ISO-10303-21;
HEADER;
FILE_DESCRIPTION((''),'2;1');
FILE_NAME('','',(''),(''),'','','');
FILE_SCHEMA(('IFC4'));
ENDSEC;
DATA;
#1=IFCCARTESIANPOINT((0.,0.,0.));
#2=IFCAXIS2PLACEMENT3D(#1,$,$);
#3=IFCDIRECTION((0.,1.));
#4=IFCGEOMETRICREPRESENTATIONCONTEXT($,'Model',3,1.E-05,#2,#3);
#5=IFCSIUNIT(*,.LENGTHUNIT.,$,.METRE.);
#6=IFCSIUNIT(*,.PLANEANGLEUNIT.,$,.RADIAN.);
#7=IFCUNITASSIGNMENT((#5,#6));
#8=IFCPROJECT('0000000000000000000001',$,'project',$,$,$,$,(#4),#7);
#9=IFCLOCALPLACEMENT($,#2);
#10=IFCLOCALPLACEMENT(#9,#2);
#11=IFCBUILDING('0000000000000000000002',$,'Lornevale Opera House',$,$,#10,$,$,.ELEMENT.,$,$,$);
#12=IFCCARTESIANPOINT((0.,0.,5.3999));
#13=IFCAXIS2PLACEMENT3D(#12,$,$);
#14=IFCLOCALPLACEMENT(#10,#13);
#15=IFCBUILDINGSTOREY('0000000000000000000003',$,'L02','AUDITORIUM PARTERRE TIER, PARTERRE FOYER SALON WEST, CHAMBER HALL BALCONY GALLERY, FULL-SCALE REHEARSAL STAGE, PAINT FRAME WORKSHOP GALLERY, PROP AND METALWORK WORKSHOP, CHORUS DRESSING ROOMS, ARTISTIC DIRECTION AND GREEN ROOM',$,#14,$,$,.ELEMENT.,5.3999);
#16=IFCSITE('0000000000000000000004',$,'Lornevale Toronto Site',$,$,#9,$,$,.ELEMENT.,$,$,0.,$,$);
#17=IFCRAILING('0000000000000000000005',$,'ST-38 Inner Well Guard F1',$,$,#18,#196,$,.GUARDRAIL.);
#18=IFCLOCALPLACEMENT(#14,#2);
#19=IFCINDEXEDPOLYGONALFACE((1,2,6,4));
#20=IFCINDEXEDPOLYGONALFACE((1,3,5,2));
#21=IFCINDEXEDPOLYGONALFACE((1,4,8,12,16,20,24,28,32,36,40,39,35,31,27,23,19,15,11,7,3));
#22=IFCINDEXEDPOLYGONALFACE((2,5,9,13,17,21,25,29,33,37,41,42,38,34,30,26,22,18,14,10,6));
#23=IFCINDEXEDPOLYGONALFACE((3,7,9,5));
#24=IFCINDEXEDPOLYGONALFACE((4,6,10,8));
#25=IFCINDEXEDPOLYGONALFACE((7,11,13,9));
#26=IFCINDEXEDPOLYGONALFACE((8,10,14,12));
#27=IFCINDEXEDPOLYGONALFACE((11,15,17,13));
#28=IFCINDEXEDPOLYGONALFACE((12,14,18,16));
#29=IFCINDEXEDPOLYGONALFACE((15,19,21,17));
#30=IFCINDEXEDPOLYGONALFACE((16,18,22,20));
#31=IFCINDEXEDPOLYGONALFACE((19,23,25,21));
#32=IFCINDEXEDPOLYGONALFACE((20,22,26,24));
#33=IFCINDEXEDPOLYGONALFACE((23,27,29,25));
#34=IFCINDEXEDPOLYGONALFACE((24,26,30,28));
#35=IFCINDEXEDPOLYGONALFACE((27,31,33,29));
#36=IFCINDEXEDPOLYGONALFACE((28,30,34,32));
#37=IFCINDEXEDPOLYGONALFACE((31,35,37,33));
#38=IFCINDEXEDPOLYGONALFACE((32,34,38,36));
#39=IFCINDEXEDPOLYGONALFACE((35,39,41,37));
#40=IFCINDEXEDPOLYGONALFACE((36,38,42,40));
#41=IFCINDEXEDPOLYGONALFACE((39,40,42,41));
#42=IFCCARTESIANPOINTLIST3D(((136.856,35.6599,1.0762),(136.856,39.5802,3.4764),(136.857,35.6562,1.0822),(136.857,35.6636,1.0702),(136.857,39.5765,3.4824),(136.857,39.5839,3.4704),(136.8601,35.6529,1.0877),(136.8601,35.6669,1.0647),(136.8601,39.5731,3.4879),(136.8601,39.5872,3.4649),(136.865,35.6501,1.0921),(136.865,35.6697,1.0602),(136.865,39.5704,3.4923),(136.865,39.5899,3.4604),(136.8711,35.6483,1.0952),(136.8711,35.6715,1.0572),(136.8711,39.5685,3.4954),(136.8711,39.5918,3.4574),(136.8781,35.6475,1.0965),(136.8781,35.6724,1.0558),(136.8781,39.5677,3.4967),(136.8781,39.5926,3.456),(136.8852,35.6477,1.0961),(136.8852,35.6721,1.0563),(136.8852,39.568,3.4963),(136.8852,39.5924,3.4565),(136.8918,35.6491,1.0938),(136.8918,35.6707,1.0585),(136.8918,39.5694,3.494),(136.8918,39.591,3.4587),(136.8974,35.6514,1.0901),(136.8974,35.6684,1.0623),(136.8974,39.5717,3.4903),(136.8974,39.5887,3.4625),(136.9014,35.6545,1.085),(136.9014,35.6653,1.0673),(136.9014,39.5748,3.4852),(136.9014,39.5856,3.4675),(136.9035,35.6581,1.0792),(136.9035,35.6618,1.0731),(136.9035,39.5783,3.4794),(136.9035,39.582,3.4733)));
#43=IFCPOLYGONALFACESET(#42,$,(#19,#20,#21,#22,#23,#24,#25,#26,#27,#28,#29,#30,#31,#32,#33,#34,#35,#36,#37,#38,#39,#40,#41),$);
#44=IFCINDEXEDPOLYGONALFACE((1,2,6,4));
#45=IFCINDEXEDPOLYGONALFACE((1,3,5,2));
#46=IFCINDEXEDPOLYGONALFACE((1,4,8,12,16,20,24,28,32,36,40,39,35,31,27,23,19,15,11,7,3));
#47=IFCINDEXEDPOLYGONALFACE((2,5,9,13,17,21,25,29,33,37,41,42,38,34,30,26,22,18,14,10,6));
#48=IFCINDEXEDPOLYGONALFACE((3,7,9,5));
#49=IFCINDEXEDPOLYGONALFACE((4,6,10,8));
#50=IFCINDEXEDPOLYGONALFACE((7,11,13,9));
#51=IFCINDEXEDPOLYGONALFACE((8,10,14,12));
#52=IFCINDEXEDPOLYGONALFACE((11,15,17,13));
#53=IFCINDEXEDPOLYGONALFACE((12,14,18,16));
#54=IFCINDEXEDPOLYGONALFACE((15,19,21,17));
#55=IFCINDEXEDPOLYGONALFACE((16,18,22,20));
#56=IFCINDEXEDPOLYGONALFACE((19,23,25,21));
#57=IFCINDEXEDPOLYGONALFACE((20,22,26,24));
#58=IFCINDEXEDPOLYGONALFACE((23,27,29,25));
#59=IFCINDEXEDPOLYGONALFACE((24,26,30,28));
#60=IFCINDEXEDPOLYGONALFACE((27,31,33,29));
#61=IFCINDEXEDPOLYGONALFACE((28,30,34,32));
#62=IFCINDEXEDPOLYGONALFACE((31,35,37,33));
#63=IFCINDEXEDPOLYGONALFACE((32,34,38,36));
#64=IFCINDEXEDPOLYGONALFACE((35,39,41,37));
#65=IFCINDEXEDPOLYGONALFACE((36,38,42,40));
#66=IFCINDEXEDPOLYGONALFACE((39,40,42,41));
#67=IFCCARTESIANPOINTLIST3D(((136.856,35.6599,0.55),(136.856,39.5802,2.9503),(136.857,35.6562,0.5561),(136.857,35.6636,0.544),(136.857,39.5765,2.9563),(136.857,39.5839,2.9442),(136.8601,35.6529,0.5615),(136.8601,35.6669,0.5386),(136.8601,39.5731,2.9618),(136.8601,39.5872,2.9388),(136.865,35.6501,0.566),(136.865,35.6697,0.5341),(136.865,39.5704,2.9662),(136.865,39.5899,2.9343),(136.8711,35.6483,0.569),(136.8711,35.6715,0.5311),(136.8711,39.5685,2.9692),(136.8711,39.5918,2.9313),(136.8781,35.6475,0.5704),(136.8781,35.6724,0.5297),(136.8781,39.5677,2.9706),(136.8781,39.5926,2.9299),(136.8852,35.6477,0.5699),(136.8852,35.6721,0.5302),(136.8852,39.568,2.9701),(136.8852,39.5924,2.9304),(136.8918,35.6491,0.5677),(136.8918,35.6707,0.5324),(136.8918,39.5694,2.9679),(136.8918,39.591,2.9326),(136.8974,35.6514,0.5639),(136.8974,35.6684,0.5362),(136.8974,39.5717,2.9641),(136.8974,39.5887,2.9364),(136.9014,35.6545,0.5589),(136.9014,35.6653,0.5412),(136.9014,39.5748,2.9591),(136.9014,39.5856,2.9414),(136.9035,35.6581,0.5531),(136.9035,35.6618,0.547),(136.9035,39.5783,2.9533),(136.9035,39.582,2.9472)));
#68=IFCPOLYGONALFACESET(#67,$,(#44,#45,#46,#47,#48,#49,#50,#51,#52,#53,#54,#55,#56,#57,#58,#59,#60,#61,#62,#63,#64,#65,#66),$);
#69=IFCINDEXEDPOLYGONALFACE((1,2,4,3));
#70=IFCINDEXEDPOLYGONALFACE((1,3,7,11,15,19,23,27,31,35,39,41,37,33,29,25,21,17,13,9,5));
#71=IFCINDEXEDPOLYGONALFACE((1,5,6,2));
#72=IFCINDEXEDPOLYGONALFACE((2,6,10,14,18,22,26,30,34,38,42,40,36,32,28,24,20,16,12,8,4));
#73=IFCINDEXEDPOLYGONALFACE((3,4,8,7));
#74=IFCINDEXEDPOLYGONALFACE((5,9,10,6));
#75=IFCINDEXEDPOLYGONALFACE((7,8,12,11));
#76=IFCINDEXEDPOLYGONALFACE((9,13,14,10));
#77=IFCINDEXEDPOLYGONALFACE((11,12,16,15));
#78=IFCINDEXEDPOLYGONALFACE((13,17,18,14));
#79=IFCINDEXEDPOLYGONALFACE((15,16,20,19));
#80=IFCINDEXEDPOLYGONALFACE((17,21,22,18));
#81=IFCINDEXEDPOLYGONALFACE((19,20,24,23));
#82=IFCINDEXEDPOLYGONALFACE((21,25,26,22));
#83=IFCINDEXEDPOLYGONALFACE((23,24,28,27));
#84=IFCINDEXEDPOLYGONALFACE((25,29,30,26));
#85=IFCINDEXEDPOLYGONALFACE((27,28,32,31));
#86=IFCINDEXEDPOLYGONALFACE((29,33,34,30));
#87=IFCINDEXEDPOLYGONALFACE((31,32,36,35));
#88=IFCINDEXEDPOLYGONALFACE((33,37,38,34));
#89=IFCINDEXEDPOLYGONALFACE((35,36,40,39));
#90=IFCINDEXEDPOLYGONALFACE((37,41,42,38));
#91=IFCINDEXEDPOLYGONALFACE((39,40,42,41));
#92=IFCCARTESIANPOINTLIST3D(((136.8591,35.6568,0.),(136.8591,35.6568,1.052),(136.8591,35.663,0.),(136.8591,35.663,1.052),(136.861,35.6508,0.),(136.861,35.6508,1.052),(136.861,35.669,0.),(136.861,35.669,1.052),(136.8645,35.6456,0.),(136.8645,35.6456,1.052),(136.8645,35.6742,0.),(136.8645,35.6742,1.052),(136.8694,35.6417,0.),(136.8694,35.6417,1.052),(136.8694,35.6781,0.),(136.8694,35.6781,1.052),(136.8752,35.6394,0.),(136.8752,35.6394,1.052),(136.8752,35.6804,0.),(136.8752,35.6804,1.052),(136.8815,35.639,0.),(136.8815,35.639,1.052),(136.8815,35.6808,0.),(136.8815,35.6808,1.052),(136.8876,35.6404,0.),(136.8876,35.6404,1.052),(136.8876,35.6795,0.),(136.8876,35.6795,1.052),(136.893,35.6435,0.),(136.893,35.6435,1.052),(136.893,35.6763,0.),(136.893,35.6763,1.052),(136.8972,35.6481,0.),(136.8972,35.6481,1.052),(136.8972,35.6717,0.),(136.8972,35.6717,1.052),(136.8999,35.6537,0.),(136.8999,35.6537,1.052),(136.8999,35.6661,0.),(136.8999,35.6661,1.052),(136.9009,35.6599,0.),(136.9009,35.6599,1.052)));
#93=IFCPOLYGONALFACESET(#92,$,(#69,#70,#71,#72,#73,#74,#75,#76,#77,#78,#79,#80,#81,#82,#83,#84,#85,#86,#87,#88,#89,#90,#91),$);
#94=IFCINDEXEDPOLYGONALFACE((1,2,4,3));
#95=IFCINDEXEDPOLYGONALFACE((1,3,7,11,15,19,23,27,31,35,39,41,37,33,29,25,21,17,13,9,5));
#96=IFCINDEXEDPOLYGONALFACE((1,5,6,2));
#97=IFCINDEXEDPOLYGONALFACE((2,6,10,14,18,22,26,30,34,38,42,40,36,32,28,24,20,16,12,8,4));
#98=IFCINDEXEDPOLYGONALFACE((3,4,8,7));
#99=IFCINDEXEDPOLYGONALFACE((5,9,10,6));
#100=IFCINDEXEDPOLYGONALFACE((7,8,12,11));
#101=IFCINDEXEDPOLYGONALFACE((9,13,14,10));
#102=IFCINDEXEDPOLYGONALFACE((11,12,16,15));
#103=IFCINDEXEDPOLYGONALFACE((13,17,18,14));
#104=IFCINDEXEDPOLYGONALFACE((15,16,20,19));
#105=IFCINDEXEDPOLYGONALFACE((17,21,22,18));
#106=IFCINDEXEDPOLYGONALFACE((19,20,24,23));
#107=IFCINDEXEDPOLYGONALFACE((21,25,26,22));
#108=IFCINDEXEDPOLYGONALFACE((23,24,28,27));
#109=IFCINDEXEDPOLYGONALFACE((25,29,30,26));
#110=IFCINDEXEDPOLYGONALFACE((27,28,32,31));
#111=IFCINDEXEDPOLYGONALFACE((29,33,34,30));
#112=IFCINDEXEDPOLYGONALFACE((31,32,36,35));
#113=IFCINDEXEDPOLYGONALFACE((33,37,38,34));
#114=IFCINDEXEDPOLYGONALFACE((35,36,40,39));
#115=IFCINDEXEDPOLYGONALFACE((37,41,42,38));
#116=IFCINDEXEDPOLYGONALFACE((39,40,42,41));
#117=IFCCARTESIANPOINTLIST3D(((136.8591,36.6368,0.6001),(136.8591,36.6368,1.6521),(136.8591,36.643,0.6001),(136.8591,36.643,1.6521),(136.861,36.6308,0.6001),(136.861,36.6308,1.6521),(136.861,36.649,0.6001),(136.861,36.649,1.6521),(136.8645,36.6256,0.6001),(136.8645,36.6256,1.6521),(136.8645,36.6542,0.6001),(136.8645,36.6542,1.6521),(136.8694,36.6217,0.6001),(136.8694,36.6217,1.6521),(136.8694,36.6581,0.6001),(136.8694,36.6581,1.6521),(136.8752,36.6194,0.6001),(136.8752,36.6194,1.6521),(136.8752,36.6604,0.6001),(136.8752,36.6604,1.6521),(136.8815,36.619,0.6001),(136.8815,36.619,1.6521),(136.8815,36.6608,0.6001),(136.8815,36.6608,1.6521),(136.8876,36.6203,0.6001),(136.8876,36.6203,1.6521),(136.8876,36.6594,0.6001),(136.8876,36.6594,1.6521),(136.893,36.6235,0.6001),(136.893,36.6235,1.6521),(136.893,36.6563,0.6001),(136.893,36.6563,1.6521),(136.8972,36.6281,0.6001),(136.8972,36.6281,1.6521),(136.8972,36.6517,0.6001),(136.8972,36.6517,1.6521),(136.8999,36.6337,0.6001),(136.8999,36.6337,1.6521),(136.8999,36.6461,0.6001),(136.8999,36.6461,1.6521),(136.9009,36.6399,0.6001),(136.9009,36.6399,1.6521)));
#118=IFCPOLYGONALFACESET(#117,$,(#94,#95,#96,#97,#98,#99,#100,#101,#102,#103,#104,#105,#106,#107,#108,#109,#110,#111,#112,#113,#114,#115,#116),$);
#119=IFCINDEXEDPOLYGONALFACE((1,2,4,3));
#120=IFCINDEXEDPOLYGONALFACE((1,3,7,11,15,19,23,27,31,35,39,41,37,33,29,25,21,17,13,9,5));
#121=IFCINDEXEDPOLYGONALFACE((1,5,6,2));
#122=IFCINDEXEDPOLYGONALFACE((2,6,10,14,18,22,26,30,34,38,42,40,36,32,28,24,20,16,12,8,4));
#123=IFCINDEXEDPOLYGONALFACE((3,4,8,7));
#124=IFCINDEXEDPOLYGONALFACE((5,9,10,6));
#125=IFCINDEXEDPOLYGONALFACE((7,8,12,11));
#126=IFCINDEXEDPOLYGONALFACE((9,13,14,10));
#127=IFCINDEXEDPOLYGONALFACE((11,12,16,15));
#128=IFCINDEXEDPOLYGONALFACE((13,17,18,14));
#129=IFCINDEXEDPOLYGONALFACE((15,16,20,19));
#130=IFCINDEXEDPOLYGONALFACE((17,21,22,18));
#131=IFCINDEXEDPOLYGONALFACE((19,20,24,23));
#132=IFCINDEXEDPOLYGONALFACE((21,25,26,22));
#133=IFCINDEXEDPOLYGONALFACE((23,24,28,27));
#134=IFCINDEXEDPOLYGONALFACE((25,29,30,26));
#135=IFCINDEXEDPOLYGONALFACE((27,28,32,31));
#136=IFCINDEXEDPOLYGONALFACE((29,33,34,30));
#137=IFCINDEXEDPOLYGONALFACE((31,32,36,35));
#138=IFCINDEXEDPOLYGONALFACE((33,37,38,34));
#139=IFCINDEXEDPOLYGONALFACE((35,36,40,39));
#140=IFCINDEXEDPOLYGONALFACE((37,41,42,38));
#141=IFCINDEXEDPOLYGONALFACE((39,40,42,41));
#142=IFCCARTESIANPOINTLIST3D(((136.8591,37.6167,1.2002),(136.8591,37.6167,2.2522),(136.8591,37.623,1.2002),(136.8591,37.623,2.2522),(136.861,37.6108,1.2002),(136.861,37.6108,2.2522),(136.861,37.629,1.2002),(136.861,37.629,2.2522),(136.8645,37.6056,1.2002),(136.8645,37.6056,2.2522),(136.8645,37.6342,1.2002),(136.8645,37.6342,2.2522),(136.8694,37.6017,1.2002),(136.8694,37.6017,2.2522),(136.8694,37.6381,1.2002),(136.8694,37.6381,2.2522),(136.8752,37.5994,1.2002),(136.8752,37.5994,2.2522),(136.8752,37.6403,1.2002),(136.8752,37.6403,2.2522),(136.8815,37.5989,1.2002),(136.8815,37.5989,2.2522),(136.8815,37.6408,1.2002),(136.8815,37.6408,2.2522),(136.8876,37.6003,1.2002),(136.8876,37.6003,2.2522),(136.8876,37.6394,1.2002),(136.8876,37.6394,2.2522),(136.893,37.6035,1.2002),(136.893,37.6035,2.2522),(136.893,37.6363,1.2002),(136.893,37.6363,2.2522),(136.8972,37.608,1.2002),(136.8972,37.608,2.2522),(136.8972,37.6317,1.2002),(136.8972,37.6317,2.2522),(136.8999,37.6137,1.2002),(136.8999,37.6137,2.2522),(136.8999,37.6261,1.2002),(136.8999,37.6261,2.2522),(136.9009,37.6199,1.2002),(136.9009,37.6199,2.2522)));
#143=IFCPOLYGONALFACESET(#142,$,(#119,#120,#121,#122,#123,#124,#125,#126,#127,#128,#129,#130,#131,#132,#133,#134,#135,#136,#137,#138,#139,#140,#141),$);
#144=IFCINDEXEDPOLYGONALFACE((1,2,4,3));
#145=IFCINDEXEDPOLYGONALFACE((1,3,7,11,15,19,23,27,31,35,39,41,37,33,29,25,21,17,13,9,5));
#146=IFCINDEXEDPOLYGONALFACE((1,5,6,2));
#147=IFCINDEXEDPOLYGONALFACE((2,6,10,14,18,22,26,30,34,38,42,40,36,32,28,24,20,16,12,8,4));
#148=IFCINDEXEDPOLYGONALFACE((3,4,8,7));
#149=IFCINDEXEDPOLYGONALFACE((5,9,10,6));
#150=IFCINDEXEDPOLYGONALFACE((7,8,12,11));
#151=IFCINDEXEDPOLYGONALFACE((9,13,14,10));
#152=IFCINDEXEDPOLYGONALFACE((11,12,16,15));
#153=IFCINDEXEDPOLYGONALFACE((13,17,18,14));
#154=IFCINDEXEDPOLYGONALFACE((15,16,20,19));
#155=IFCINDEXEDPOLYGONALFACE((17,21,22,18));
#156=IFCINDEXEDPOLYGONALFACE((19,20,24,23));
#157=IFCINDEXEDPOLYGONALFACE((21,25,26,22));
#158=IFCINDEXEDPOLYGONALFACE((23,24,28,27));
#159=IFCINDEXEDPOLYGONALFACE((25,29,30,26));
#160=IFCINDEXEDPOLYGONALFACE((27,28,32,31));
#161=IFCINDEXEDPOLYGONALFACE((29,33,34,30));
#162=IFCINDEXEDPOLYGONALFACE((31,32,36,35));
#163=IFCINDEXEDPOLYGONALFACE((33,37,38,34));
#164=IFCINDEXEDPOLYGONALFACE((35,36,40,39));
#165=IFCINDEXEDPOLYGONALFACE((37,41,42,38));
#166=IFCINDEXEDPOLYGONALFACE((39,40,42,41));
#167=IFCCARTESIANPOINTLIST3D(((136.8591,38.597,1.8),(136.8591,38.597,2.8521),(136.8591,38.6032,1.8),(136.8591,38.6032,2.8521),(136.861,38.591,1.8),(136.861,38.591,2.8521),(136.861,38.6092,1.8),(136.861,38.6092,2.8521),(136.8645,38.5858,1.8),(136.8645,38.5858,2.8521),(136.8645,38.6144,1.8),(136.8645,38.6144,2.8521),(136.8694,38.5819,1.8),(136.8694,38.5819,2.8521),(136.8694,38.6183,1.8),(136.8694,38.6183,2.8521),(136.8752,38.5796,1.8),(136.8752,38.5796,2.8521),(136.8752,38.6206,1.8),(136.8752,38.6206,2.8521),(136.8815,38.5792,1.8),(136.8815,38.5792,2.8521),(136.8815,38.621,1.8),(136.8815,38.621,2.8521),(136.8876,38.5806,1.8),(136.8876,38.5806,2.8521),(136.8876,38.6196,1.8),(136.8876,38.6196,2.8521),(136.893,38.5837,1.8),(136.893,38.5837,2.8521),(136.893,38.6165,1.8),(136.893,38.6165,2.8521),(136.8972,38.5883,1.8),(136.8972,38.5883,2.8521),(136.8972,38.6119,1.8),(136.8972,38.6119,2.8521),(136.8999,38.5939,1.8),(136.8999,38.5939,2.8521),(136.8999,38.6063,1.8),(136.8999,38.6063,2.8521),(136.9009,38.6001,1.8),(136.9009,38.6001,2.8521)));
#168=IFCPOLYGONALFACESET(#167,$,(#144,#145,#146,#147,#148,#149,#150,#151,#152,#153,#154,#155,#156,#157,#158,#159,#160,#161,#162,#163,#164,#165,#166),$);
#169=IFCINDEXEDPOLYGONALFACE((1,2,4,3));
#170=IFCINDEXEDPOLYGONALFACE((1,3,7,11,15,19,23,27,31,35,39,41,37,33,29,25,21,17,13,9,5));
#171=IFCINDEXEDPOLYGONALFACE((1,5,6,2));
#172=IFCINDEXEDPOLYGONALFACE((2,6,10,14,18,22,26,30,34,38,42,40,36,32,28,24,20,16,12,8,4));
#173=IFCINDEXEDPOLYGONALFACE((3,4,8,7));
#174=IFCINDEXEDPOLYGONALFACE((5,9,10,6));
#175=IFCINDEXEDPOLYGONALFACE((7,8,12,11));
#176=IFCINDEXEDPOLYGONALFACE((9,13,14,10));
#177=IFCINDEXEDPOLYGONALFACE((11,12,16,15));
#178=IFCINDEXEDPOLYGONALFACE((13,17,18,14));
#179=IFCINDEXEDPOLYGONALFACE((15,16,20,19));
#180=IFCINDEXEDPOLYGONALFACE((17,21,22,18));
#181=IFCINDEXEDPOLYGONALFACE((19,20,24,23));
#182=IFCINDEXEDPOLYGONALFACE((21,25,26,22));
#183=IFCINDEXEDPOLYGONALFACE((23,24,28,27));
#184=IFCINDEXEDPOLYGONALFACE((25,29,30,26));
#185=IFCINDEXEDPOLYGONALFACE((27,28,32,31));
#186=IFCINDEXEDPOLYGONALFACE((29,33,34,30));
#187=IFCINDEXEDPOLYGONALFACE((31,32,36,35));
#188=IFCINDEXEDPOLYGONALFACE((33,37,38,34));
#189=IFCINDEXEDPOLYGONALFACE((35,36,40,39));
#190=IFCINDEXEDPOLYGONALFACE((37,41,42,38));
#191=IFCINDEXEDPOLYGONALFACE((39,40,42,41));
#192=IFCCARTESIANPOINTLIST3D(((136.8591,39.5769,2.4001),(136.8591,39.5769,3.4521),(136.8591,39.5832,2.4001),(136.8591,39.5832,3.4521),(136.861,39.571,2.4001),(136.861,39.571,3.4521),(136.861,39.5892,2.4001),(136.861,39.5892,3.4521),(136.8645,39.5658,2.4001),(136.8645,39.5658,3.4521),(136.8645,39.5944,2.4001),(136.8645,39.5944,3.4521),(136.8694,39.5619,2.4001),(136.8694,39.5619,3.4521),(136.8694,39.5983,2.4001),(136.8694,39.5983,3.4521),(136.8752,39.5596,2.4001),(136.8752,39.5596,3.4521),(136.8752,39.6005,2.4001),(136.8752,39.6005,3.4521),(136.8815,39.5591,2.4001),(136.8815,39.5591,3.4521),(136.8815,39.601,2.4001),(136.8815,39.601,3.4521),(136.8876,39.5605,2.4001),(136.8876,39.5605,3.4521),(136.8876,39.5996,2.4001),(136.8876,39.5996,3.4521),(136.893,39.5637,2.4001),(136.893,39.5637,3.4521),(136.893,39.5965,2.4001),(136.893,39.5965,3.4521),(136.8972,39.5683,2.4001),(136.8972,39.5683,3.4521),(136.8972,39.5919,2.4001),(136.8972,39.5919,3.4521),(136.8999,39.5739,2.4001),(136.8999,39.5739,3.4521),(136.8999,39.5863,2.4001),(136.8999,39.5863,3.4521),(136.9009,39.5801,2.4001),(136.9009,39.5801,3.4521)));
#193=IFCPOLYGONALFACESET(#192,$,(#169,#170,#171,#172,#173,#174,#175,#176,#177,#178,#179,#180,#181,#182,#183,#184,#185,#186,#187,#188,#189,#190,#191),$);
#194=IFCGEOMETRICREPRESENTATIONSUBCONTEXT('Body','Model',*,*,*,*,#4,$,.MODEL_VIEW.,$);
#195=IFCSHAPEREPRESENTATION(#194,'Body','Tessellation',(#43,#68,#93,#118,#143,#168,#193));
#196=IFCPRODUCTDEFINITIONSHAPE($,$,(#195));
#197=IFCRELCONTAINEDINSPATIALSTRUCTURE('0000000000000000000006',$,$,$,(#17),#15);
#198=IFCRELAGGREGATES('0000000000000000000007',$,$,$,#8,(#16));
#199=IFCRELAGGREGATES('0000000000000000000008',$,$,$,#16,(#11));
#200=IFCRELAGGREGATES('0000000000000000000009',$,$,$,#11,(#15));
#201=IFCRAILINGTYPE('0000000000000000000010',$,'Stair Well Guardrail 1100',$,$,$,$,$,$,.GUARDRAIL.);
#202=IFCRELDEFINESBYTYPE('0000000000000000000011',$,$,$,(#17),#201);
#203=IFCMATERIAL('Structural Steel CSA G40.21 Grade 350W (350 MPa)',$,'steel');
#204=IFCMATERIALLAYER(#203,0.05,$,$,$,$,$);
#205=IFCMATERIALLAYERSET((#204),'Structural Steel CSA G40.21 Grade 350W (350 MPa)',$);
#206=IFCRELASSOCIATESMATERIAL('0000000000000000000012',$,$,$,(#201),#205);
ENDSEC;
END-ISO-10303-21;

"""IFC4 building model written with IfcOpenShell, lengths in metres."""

from ifc_helpers import new_model, si_unit, direction, frame, origin, origin_2d, place, context, subcontext, project, spatial, circle, extrude, material, layer, layer_set, type_object, element, save


model = new_model("IFC4")

# Units and contexts
model_context = context("Model", 3, precision=1e-05, world=origin(), true_north=direction((0.0, 1.0)))
body_context = subcontext(model_context, "Body", "Model", "MODEL_VIEW")
ifc_project = project(units=[si_unit("LENGTHUNIT", "METRE"), si_unit("PLANEANGLEUNIT", "RADIAN")], contexts=[model_context])

# Site, building, storey
site_placement = place(None, origin())
site = spatial("IfcSite", under=ifc_project, at=site_placement, Name="Lornevale Toronto Site", CompositionType="ELEMENT", RefElevation=0.0)
building_placement = place(site_placement, origin())
building = spatial("IfcBuilding", under=site, at=building_placement, Name="Lornevale Opera House", CompositionType="ELEMENT")
storey_placement = place(building_placement, frame((0.0, 0.0, 5.3999)))
storey = spatial("IfcBuildingStorey", under=building, at=storey_placement, Name="L02", Description="AUDITORIUM PARTERRE TIER, PARTERRE FOYER SALON WEST, CHAMBER HALL BALCONY GALLERY, FULL-SCALE REHEARSAL STAGE, PAINT FRAME WORKSHOP GALLERY, PROP AND METALWORK WORKSHOP, CHORUS DRESSING ROOMS, ARTISTIC DIRECTION AND GREEN ROOM", CompositionType="ELEMENT", Elevation=5.3999)

# Shared definitions
ifc_material_1 = material(Name="Structural Steel CSA G40.21 Grade 350W (350 MPa)", Category="steel")

# Railing
ifc_layer_1 = layer(ifc_material_1, 0.05)
ifc_layer_set_1 = layer_set([ifc_layer_1], Name="Structural Steel CSA G40.21 Grade 350W (350 MPa)")
railing_type_1 = type_object("IfcRailingType", Name="Stair Well Guardrail 1100", PredefinedType="GUARDRAIL", material=ifc_layer_set_1)
railing_1_placement = place(storey_placement, frame((136.8799, 35.6599, 0.0)))
element("IfcRailing", 1, at=railing_1_placement, inside=storey, type_object=railing_type_1, Name="ST-38 Inner Well Guard F1", PredefinedType="GUARDRAIL", context=body_context, shape_type="SweptSolid", body=[
    extrude(circle(Radius=0.0239, at=origin_2d()), frame((0.0, 0.0, 1.0762), z_axis=(0.0, 0.852847, 0.522161), x_axis=(-1.0, 0.0, 0.0)), (0.0, 0.0, 1.0), 4.5967),
    extrude(circle(Radius=0.0239, at=origin_2d()), frame((0.0, 0.0, 0.55), z_axis=(0.0, 0.852847, 0.522161), x_axis=(-1.0, 0.0, 0.0)), (0.0, 0.0, 1.0), 4.5967),
    extrude(circle(Radius=0.021, at=origin_2d()), origin(), (0.0, 0.0, 1.0), 1.052),
    extrude(circle(Radius=0.021, at=origin_2d()), frame((0.0, 0.98, 0.6001)), (0.0, 0.0, 1.0), 1.052),
    extrude(circle(Radius=0.021, at=origin_2d()), frame((0.0, 1.96, 1.2002)), (0.0, 0.0, 1.0), 1.052),
    extrude(circle(Radius=0.021, at=origin_2d()), frame((0.0, 2.9402, 1.8)), (0.0, 0.0, 1.0), 1.052),
    extrude(circle(Radius=0.021, at=origin_2d()), frame((0.0, 3.9202, 2.4001)), (0.0, 0.0, 1.0), 1.052),
])

save(model, "model.ifc")
